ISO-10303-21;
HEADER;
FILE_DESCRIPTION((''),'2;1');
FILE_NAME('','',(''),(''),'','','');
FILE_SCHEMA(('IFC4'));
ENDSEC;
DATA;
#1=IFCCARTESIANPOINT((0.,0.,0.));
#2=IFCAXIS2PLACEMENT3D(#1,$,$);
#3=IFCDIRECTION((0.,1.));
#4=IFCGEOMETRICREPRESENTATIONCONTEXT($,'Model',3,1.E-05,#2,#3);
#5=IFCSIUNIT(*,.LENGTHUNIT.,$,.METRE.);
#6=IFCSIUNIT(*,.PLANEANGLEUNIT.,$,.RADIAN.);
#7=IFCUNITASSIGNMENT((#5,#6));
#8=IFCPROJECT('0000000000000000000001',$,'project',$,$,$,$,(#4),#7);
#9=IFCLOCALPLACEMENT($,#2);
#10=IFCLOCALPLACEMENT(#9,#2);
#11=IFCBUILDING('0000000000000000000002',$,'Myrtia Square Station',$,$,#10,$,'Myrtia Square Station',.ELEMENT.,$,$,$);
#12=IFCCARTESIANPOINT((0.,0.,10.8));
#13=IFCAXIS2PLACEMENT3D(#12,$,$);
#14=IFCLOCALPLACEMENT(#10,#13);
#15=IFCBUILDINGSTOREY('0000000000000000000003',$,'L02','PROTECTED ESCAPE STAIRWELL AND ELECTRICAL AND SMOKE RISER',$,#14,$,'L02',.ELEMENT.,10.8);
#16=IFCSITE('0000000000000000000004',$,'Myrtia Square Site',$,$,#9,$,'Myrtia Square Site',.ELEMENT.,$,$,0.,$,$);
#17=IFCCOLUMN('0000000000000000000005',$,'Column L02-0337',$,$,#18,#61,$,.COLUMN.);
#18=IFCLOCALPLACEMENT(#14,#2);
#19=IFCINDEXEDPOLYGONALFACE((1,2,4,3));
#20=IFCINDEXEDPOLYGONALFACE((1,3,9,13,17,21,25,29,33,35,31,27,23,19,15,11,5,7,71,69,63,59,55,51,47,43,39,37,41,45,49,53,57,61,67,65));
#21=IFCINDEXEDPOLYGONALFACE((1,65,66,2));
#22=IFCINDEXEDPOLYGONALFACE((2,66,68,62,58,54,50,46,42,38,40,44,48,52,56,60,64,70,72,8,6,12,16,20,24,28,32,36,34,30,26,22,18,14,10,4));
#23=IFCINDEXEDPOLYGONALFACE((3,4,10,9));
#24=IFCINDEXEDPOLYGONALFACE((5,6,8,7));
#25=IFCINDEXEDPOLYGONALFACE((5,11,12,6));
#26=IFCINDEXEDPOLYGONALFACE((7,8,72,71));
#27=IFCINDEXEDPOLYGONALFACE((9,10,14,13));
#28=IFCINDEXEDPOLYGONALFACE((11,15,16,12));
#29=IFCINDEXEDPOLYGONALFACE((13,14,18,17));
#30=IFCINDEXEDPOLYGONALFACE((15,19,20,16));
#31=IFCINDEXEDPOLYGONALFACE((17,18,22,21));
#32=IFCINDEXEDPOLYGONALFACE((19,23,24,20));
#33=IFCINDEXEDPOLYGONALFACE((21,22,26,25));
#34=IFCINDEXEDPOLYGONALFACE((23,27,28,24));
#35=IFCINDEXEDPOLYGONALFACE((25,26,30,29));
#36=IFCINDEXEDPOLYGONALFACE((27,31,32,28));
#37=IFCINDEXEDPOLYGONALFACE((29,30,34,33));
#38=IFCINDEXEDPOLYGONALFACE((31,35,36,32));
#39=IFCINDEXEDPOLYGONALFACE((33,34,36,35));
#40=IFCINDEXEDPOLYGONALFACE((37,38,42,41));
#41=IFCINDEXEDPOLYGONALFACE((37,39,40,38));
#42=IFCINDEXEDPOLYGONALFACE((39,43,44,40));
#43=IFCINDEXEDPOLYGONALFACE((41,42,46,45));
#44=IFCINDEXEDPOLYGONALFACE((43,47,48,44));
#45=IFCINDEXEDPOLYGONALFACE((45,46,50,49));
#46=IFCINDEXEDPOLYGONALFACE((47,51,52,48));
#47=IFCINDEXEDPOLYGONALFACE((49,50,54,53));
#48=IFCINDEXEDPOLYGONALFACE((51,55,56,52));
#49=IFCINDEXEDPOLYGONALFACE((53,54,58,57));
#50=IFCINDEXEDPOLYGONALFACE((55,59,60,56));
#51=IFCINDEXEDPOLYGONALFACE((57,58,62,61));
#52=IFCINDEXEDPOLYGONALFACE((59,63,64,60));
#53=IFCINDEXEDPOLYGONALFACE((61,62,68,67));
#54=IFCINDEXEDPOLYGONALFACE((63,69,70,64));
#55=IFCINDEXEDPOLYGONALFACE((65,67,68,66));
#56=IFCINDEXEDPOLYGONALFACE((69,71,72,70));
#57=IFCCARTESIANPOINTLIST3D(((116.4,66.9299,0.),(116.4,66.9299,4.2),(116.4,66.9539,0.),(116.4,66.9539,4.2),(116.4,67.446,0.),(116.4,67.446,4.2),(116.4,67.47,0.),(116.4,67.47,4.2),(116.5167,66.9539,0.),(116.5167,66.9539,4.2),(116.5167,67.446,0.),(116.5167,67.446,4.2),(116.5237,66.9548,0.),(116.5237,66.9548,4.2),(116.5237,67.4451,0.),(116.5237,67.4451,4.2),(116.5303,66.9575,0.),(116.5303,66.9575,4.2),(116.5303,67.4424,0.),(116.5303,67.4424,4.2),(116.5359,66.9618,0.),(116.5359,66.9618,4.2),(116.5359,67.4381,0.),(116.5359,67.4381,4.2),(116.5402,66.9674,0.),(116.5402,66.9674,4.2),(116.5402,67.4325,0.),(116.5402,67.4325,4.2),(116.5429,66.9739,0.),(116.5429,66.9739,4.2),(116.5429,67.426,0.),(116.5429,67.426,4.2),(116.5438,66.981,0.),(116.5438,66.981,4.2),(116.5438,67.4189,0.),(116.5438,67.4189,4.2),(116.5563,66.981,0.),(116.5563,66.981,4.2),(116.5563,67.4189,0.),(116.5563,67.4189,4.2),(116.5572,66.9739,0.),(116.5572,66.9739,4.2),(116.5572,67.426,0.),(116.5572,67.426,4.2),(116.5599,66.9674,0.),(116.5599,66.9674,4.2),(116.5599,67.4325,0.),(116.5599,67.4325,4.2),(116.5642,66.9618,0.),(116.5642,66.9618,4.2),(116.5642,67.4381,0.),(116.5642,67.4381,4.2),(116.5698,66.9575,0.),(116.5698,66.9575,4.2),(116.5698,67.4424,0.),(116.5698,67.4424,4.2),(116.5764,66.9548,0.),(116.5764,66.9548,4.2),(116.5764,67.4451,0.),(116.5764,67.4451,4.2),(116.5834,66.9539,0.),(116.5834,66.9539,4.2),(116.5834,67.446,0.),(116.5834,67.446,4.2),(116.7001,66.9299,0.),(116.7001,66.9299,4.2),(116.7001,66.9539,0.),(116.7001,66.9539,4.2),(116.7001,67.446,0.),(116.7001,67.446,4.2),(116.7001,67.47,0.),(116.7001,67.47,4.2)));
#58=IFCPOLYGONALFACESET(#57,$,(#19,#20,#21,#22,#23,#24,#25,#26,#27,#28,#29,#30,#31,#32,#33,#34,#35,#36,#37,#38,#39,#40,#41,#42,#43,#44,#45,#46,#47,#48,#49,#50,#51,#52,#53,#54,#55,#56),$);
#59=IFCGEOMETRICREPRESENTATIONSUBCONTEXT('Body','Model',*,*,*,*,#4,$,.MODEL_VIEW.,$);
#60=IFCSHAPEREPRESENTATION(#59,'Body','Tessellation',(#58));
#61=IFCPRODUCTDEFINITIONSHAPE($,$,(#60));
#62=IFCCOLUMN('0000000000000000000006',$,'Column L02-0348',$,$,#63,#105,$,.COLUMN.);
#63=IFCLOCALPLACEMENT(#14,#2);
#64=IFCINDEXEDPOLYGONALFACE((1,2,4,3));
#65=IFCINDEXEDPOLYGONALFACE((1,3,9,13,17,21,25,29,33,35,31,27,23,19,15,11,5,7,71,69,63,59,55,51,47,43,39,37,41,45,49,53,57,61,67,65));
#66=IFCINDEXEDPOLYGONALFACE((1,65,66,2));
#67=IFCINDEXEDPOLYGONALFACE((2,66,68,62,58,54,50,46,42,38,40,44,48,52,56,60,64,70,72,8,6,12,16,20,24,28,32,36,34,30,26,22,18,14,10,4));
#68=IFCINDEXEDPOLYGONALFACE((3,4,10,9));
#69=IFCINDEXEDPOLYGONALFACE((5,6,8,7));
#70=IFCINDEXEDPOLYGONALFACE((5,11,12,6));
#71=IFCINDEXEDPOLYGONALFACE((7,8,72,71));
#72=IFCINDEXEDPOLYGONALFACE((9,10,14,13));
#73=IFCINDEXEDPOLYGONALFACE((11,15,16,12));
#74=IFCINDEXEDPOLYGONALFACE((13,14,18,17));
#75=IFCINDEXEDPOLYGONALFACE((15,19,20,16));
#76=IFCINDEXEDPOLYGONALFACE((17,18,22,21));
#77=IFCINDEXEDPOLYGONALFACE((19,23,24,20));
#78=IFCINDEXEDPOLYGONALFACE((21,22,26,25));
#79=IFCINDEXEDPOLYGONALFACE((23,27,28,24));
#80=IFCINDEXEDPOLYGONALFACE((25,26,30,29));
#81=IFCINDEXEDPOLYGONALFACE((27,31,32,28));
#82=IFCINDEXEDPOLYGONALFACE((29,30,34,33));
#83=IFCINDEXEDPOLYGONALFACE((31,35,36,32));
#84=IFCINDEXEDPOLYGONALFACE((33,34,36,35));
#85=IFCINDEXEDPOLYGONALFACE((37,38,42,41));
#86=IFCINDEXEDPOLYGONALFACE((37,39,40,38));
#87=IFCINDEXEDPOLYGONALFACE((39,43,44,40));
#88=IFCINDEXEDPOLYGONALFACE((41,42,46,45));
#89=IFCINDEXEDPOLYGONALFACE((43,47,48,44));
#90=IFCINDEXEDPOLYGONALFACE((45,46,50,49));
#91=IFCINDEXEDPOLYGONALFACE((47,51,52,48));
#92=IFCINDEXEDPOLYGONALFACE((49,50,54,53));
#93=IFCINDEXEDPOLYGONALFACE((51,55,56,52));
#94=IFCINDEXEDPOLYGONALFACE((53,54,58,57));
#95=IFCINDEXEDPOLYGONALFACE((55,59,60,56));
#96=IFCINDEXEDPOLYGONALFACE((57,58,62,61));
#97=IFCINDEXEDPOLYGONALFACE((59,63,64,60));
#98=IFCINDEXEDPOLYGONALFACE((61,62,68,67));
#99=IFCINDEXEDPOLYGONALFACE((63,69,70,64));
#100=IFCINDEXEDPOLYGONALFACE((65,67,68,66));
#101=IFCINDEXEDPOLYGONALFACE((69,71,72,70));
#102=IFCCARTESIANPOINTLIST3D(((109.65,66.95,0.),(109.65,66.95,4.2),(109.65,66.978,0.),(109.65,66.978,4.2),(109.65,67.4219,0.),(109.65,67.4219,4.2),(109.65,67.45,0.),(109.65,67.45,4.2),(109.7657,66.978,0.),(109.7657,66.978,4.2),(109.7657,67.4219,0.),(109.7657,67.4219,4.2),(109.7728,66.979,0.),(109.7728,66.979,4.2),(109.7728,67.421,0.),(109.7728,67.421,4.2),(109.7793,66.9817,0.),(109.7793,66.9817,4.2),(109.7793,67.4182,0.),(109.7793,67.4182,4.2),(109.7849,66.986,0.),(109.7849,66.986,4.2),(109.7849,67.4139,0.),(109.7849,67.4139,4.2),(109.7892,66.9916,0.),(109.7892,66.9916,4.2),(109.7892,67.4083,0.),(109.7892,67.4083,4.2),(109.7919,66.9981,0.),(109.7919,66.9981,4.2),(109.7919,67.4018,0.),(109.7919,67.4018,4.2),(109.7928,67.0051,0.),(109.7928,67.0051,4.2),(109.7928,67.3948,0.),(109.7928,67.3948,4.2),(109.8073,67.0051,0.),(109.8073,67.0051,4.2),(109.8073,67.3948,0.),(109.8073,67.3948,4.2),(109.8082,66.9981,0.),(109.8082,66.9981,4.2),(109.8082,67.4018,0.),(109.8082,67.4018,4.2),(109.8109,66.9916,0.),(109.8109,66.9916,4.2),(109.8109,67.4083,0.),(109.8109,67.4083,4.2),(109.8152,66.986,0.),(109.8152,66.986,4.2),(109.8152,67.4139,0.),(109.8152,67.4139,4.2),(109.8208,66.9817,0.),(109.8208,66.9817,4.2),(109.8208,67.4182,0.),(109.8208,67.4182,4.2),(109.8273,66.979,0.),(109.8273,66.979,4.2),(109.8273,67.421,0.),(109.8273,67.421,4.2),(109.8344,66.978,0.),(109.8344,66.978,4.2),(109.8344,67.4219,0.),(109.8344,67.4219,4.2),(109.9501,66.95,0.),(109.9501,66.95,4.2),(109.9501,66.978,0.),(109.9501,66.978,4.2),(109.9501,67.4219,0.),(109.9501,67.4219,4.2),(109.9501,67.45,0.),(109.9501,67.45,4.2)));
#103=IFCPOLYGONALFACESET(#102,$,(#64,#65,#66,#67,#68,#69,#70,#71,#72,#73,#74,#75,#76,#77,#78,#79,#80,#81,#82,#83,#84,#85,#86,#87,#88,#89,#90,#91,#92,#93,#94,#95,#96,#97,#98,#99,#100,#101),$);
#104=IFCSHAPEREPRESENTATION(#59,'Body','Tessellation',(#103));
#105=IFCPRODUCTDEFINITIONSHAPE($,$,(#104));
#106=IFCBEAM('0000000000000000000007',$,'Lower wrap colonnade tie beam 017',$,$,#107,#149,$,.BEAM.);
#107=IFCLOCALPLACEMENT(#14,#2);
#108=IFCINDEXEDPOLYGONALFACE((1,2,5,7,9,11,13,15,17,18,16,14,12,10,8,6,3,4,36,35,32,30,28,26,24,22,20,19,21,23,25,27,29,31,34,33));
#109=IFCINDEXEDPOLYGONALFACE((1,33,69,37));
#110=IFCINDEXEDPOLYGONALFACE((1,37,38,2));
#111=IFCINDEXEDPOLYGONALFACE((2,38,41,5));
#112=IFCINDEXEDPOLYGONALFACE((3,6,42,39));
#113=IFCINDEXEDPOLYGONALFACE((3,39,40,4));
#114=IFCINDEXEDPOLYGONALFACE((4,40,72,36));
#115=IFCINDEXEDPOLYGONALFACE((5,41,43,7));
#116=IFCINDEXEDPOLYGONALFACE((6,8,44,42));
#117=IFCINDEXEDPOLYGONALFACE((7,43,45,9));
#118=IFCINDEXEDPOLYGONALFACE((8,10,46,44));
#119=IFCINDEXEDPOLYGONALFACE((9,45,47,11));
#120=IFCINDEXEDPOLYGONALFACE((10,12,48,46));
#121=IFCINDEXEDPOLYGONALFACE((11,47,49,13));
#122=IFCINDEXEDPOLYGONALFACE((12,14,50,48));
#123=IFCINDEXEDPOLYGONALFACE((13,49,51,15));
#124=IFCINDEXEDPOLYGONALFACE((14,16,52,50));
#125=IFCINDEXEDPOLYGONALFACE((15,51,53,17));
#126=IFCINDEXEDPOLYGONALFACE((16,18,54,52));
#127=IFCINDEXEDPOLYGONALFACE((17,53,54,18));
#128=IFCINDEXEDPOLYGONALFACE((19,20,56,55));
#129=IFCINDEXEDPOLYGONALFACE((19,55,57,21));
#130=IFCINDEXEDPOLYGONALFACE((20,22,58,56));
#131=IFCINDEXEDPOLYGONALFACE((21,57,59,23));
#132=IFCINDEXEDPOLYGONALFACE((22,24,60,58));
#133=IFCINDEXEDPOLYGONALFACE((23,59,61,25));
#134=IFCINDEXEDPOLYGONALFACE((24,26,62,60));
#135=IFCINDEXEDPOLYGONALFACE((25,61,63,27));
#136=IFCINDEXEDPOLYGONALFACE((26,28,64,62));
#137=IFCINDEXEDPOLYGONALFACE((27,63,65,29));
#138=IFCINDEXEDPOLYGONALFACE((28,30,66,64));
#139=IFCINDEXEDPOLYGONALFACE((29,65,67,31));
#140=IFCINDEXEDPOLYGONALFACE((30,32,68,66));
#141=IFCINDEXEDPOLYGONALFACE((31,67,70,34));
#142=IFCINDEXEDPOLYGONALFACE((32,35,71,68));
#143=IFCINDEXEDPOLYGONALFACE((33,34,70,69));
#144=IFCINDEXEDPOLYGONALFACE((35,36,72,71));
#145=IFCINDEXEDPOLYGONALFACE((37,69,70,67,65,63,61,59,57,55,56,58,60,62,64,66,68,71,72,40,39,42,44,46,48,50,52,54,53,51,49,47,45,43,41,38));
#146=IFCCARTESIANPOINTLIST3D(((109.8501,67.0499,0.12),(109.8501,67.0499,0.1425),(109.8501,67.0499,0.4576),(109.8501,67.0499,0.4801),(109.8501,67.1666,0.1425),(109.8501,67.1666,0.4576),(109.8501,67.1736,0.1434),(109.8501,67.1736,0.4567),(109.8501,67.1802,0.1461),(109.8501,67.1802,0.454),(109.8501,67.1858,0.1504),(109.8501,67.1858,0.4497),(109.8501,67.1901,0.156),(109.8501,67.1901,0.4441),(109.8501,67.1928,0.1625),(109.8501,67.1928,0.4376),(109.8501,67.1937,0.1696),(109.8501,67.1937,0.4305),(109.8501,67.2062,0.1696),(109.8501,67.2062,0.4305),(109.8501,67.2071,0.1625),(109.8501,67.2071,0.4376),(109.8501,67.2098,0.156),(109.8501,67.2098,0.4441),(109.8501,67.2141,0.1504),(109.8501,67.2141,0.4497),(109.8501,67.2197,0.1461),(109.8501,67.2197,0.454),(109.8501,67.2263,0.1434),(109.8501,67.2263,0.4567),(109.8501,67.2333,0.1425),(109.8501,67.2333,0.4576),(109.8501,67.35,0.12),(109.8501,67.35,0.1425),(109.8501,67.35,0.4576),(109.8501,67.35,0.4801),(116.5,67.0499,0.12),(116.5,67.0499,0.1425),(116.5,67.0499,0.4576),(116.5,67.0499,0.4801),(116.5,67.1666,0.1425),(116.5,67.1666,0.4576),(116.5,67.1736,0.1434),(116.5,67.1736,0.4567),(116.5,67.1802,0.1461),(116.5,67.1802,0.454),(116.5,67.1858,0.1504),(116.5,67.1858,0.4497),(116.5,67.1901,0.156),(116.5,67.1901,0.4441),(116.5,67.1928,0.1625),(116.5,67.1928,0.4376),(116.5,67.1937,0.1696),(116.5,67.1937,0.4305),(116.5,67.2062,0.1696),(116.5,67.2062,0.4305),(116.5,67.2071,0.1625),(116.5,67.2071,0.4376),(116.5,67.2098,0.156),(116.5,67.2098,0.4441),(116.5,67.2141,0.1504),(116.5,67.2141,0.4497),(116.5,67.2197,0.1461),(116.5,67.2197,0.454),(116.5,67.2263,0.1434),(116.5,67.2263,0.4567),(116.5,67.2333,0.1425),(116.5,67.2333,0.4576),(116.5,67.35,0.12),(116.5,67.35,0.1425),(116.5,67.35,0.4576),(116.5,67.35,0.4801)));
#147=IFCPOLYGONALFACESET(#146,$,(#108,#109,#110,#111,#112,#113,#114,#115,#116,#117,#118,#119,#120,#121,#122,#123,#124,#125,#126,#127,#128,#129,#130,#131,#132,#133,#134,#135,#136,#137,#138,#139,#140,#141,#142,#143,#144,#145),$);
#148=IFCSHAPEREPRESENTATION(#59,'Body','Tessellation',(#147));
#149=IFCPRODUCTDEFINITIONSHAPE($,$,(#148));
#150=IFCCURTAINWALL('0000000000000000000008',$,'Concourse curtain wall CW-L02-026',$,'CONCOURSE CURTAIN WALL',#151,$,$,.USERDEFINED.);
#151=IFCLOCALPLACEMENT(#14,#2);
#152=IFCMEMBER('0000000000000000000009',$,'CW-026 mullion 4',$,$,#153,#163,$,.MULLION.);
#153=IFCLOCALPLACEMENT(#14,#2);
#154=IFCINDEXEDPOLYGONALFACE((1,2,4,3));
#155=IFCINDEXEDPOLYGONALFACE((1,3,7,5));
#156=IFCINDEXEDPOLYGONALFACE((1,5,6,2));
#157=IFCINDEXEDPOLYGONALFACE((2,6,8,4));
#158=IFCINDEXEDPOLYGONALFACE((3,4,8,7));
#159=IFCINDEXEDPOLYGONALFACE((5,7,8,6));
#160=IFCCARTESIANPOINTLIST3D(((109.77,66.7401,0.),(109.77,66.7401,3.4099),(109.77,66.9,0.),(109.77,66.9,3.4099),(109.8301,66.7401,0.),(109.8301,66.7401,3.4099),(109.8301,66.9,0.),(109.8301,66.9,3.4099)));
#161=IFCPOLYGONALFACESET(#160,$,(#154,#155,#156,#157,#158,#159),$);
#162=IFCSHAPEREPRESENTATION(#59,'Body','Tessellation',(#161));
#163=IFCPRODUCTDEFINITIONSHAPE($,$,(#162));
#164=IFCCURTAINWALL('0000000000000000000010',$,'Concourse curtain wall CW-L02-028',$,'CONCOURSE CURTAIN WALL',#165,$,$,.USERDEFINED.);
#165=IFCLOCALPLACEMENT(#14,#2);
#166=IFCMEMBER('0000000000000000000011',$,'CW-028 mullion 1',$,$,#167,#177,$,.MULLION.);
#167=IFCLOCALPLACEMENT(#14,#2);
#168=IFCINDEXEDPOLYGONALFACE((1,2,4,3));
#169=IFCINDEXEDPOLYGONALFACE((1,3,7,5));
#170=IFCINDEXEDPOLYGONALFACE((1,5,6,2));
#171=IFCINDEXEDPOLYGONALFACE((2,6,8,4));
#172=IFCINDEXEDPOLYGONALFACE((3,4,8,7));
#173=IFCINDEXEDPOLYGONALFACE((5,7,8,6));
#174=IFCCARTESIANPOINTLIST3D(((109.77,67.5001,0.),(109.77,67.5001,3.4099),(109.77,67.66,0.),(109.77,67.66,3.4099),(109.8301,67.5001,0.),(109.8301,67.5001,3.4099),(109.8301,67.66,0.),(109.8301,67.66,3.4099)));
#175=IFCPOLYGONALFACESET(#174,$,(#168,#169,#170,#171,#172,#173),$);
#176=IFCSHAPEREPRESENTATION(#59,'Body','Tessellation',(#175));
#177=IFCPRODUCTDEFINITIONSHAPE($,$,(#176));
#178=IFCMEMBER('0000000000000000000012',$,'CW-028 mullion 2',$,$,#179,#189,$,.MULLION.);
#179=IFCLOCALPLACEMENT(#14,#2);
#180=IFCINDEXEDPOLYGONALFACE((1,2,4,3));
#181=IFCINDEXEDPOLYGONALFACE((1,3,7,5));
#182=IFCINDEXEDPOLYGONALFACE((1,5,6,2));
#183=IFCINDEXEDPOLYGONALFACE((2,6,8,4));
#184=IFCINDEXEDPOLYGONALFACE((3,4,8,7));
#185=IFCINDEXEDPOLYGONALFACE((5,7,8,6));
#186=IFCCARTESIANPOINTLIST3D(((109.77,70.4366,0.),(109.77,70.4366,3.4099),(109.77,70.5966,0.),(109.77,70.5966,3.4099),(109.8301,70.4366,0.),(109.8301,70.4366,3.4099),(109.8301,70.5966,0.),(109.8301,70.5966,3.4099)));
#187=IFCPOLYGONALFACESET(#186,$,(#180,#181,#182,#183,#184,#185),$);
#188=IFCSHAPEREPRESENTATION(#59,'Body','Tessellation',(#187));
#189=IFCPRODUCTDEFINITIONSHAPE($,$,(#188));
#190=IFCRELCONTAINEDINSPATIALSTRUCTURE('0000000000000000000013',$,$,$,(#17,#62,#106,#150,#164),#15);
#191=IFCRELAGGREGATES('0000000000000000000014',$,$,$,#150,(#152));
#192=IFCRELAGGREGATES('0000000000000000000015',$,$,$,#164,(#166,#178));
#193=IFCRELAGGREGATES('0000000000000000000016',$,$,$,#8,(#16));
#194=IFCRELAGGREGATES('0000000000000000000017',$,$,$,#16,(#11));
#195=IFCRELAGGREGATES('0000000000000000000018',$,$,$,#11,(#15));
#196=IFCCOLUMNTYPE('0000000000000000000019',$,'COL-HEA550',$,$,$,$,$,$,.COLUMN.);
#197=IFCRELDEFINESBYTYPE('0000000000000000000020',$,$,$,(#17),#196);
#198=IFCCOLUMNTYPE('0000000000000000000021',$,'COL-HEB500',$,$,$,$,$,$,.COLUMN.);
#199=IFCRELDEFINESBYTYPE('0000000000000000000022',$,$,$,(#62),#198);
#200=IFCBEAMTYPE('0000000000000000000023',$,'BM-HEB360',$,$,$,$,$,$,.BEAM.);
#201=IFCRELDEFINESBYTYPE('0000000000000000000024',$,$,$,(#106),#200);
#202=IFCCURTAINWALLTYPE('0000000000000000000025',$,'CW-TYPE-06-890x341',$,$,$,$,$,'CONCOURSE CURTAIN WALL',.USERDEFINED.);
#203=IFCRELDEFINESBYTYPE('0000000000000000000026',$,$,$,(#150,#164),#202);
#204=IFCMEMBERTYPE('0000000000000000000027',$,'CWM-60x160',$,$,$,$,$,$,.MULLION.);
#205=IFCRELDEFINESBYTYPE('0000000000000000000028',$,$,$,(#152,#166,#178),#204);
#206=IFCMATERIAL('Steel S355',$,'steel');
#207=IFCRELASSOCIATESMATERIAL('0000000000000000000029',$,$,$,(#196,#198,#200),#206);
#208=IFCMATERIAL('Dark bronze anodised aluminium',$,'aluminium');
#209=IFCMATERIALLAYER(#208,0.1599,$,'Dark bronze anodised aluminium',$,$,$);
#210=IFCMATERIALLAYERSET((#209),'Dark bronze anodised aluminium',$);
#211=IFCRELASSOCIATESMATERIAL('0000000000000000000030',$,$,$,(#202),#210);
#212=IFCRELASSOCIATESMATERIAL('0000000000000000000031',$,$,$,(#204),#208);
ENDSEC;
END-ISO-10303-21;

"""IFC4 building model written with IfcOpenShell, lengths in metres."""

from ifc_helpers import new_model, si_unit, direction, frame, origin, origin_2d, place, context, subcontext, project, spatial, rectangle, i_section, extrude, material, layer, layer_set, material_profile, profile_set, type_object, element, aggregate, save


model = new_model("IFC4")

# Units and contexts
model_context = context("Model", 3, precision=1e-05, world=origin(), true_north=direction((0.0, 1.0)))
body_context = subcontext(model_context, "Body", "Model", "MODEL_VIEW")
ifc_project = project(units=[si_unit("LENGTHUNIT", "METRE"), si_unit("PLANEANGLEUNIT", "RADIAN")], contexts=[model_context])

# Site, building, storey
site_placement = place(None, origin())
site = spatial("IfcSite", under=ifc_project, at=site_placement, Name="Myrtia Square Site", LongName="Myrtia Square Site", CompositionType="ELEMENT", RefElevation=0.0)
building_placement = place(site_placement, origin())
building = spatial("IfcBuilding", under=site, at=building_placement, Name="Myrtia Square Station", LongName="Myrtia Square Station", CompositionType="ELEMENT")
storey_placement = place(building_placement, frame((0.0, 0.0, 10.8)))
storey = spatial("IfcBuildingStorey", under=building, at=storey_placement, Name="L02", Description="PROTECTED ESCAPE STAIRWELL AND ELECTRICAL AND SMOKE RISER", LongName="L02", CompositionType="ELEMENT", Elevation=10.8)

# Columns
ifc_material_1 = material(Name="Steel S355", Category="steel")
ifc_material_profile_1 = material_profile(ifc_material_1, i_section(OverallWidth=0.3, OverallDepth=0.54, WebThickness=0.0125, FlangeThickness=0.0239, FilletRadius=0.0271, at=origin_2d()), Name="HEA 550")
ifc_profile_set_1 = profile_set([ifc_material_profile_1], Name="Steel S355")
column_type_1 = type_object("IfcColumnType", Name="COL-HEA550", PredefinedType="COLUMN", material=ifc_profile_set_1)
column_1_placement = place(storey_placement, frame((116.55, 67.2, 0.0), z_axis=(0.0, 0.0, 1.0), x_axis=(1.0, 0.0, 0.0)))
element("IfcColumn", 1, at=column_1_placement, inside=storey, type_object=column_type_1, Name="Column L02-0337", PredefinedType="COLUMN", context=body_context, shape_type="SweptSolid", body=[
    extrude(i_section(OverallWidth=0.3, OverallDepth=0.54, WebThickness=0.0125, FlangeThickness=0.0239, FilletRadius=0.0271, at=origin_2d()), origin(), (0.0, 0.0, 1.0), 4.2),
])
ifc_material_profile_2 = material_profile(ifc_material_1, i_section(OverallWidth=0.3, OverallDepth=0.5, WebThickness=0.0144, FlangeThickness=0.0281, FilletRadius=0.0271, at=origin_2d()), Name="HEB 500")
ifc_profile_set_2 = profile_set([ifc_material_profile_2], Name="Steel S355")
column_type_2 = type_object("IfcColumnType", Name="COL-HEB500", PredefinedType="COLUMN", material=ifc_profile_set_2)
column_2_placement = place(storey_placement, frame((109.8, 67.2, 0.0), z_axis=(0.0, 0.0, 1.0), x_axis=(1.0, 0.0, 0.0)))
element("IfcColumn", 2, at=column_2_placement, inside=storey, type_object=column_type_2, Name="Column L02-0348", PredefinedType="COLUMN", context=body_context, shape_type="SweptSolid", body=[
    extrude(i_section(OverallWidth=0.3, OverallDepth=0.5, WebThickness=0.0144, FlangeThickness=0.0281, FilletRadius=0.0271, at=origin_2d()), origin(), (0.0, 0.0, 1.0), 4.2),
])

# Beam
ifc_material_profile_3 = material_profile(ifc_material_1, i_section(OverallWidth=0.3, OverallDepth=0.3601, WebThickness=0.0125, FlangeThickness=0.0225, FilletRadius=0.0271, at=origin_2d()), Name="HEB 360")
ifc_profile_set_3 = profile_set([ifc_material_profile_3], Name="Steel S355")
beam_type = type_object("IfcBeamType", Name="BM-HEB360", PredefinedType="BEAM", material=ifc_profile_set_3)
beam_placement = place(storey_placement, frame((109.8501, 67.2, 0.3), z_axis=(1.0, 0.0, 0.0), x_axis=(0.0, 1.0, 0.0)))
element("IfcBeam", 3, at=beam_placement, inside=storey, type_object=beam_type, Name="Lower wrap colonnade tie beam 017", PredefinedType="BEAM", context=body_context, shape_type="SweptSolid", body=[
    extrude(i_section(OverallWidth=0.3, OverallDepth=0.3601, WebThickness=0.0125, FlangeThickness=0.0225, FilletRadius=0.0271, at=origin_2d()), origin(), (0.0, 0.0, 1.0), 6.6499),
])

# Curtain wall, member
ifc_material_2 = material(Name="Dark bronze anodised aluminium", Category="aluminium")
ifc_layer_1 = layer(ifc_material_2, 0.1599, Name="Dark bronze anodised aluminium")
ifc_layer_set_1 = layer_set([ifc_layer_1], Name="Dark bronze anodised aluminium")
curtain_wall_type = type_object("IfcCurtainWallType", Name="CW-TYPE-06-890x341", ElementType="CONCOURSE CURTAIN WALL", PredefinedType="USERDEFINED", material=ifc_layer_set_1)
curtain_wall_1_placement = place(storey_placement, origin())
curtain_wall_1 = element("IfcCurtainWall", 4, at=curtain_wall_1_placement, inside=storey, type_object=curtain_wall_type, Name="Concourse curtain wall CW-L02-026", ObjectType="CONCOURSE CURTAIN WALL", PredefinedType="USERDEFINED")
ifc_material_profile_4 = material_profile(ifc_material_2, rectangle(XDim=0.0601, YDim=0.1599, at=origin_2d()), Name="ALU-M 60x160")
ifc_profile_set_4 = profile_set([ifc_material_profile_4], Name="Dark bronze anodised aluminium")
member_type_1 = type_object("IfcMemberType", Name="CWM-60x160", PredefinedType="MULLION", material=ifc_profile_set_4)
member_1_placement = place(storey_placement, frame((109.8, 66.8201, 0.0), z_axis=(0.0, 0.0, 1.0), x_axis=(-1.0, 0.0, 0.0)))
member_1 = element("IfcMember", 5, at=member_1_placement, type_object=member_type_1, Name="CW-026 mullion 4", PredefinedType="MULLION", context=body_context, shape_type="SweptSolid", body=[
    extrude(rectangle(XDim=0.0601, YDim=0.1599, at=origin_2d()), origin(), (0.0, 0.0, 1.0), 3.4099),
])

# Curtain wall, members
curtain_wall_2_placement = place(storey_placement, origin())
curtain_wall_2 = element("IfcCurtainWall", 6, at=curtain_wall_2_placement, inside=storey, type_object=curtain_wall_type, Name="Concourse curtain wall CW-L02-028", ObjectType="CONCOURSE CURTAIN WALL", PredefinedType="USERDEFINED")
member_2_placement = place(storey_placement, frame((109.8, 67.5801, 0.0), z_axis=(0.0, 0.0, 1.0), x_axis=(-1.0, 0.0, 0.0)))
member_2 = element("IfcMember", 7, at=member_2_placement, type_object=member_type_1, Name="CW-028 mullion 1", PredefinedType="MULLION", context=body_context, shape_type="SweptSolid", body=[
    extrude(rectangle(XDim=0.0601, YDim=0.1599, at=origin_2d()), origin(), (0.0, 0.0, 1.0), 3.4099),
])
member_3_placement = place(storey_placement, frame((109.8, 70.5166, 0.0), z_axis=(0.0, 0.0, 1.0), x_axis=(-1.0, 0.0, 0.0)))
member_3 = element("IfcMember", 8, at=member_3_placement, type_object=member_type_1, Name="CW-028 mullion 2", PredefinedType="MULLION", context=body_context, shape_type="SweptSolid", body=[
    extrude(rectangle(XDim=0.0601, YDim=0.1599, at=origin_2d()), origin(), (0.0, 0.0, 1.0), 3.4099),
])

aggregate(curtain_wall_1, [member_1])
aggregate(curtain_wall_2, [member_2, member_3])

save(model, "model.ifc")
